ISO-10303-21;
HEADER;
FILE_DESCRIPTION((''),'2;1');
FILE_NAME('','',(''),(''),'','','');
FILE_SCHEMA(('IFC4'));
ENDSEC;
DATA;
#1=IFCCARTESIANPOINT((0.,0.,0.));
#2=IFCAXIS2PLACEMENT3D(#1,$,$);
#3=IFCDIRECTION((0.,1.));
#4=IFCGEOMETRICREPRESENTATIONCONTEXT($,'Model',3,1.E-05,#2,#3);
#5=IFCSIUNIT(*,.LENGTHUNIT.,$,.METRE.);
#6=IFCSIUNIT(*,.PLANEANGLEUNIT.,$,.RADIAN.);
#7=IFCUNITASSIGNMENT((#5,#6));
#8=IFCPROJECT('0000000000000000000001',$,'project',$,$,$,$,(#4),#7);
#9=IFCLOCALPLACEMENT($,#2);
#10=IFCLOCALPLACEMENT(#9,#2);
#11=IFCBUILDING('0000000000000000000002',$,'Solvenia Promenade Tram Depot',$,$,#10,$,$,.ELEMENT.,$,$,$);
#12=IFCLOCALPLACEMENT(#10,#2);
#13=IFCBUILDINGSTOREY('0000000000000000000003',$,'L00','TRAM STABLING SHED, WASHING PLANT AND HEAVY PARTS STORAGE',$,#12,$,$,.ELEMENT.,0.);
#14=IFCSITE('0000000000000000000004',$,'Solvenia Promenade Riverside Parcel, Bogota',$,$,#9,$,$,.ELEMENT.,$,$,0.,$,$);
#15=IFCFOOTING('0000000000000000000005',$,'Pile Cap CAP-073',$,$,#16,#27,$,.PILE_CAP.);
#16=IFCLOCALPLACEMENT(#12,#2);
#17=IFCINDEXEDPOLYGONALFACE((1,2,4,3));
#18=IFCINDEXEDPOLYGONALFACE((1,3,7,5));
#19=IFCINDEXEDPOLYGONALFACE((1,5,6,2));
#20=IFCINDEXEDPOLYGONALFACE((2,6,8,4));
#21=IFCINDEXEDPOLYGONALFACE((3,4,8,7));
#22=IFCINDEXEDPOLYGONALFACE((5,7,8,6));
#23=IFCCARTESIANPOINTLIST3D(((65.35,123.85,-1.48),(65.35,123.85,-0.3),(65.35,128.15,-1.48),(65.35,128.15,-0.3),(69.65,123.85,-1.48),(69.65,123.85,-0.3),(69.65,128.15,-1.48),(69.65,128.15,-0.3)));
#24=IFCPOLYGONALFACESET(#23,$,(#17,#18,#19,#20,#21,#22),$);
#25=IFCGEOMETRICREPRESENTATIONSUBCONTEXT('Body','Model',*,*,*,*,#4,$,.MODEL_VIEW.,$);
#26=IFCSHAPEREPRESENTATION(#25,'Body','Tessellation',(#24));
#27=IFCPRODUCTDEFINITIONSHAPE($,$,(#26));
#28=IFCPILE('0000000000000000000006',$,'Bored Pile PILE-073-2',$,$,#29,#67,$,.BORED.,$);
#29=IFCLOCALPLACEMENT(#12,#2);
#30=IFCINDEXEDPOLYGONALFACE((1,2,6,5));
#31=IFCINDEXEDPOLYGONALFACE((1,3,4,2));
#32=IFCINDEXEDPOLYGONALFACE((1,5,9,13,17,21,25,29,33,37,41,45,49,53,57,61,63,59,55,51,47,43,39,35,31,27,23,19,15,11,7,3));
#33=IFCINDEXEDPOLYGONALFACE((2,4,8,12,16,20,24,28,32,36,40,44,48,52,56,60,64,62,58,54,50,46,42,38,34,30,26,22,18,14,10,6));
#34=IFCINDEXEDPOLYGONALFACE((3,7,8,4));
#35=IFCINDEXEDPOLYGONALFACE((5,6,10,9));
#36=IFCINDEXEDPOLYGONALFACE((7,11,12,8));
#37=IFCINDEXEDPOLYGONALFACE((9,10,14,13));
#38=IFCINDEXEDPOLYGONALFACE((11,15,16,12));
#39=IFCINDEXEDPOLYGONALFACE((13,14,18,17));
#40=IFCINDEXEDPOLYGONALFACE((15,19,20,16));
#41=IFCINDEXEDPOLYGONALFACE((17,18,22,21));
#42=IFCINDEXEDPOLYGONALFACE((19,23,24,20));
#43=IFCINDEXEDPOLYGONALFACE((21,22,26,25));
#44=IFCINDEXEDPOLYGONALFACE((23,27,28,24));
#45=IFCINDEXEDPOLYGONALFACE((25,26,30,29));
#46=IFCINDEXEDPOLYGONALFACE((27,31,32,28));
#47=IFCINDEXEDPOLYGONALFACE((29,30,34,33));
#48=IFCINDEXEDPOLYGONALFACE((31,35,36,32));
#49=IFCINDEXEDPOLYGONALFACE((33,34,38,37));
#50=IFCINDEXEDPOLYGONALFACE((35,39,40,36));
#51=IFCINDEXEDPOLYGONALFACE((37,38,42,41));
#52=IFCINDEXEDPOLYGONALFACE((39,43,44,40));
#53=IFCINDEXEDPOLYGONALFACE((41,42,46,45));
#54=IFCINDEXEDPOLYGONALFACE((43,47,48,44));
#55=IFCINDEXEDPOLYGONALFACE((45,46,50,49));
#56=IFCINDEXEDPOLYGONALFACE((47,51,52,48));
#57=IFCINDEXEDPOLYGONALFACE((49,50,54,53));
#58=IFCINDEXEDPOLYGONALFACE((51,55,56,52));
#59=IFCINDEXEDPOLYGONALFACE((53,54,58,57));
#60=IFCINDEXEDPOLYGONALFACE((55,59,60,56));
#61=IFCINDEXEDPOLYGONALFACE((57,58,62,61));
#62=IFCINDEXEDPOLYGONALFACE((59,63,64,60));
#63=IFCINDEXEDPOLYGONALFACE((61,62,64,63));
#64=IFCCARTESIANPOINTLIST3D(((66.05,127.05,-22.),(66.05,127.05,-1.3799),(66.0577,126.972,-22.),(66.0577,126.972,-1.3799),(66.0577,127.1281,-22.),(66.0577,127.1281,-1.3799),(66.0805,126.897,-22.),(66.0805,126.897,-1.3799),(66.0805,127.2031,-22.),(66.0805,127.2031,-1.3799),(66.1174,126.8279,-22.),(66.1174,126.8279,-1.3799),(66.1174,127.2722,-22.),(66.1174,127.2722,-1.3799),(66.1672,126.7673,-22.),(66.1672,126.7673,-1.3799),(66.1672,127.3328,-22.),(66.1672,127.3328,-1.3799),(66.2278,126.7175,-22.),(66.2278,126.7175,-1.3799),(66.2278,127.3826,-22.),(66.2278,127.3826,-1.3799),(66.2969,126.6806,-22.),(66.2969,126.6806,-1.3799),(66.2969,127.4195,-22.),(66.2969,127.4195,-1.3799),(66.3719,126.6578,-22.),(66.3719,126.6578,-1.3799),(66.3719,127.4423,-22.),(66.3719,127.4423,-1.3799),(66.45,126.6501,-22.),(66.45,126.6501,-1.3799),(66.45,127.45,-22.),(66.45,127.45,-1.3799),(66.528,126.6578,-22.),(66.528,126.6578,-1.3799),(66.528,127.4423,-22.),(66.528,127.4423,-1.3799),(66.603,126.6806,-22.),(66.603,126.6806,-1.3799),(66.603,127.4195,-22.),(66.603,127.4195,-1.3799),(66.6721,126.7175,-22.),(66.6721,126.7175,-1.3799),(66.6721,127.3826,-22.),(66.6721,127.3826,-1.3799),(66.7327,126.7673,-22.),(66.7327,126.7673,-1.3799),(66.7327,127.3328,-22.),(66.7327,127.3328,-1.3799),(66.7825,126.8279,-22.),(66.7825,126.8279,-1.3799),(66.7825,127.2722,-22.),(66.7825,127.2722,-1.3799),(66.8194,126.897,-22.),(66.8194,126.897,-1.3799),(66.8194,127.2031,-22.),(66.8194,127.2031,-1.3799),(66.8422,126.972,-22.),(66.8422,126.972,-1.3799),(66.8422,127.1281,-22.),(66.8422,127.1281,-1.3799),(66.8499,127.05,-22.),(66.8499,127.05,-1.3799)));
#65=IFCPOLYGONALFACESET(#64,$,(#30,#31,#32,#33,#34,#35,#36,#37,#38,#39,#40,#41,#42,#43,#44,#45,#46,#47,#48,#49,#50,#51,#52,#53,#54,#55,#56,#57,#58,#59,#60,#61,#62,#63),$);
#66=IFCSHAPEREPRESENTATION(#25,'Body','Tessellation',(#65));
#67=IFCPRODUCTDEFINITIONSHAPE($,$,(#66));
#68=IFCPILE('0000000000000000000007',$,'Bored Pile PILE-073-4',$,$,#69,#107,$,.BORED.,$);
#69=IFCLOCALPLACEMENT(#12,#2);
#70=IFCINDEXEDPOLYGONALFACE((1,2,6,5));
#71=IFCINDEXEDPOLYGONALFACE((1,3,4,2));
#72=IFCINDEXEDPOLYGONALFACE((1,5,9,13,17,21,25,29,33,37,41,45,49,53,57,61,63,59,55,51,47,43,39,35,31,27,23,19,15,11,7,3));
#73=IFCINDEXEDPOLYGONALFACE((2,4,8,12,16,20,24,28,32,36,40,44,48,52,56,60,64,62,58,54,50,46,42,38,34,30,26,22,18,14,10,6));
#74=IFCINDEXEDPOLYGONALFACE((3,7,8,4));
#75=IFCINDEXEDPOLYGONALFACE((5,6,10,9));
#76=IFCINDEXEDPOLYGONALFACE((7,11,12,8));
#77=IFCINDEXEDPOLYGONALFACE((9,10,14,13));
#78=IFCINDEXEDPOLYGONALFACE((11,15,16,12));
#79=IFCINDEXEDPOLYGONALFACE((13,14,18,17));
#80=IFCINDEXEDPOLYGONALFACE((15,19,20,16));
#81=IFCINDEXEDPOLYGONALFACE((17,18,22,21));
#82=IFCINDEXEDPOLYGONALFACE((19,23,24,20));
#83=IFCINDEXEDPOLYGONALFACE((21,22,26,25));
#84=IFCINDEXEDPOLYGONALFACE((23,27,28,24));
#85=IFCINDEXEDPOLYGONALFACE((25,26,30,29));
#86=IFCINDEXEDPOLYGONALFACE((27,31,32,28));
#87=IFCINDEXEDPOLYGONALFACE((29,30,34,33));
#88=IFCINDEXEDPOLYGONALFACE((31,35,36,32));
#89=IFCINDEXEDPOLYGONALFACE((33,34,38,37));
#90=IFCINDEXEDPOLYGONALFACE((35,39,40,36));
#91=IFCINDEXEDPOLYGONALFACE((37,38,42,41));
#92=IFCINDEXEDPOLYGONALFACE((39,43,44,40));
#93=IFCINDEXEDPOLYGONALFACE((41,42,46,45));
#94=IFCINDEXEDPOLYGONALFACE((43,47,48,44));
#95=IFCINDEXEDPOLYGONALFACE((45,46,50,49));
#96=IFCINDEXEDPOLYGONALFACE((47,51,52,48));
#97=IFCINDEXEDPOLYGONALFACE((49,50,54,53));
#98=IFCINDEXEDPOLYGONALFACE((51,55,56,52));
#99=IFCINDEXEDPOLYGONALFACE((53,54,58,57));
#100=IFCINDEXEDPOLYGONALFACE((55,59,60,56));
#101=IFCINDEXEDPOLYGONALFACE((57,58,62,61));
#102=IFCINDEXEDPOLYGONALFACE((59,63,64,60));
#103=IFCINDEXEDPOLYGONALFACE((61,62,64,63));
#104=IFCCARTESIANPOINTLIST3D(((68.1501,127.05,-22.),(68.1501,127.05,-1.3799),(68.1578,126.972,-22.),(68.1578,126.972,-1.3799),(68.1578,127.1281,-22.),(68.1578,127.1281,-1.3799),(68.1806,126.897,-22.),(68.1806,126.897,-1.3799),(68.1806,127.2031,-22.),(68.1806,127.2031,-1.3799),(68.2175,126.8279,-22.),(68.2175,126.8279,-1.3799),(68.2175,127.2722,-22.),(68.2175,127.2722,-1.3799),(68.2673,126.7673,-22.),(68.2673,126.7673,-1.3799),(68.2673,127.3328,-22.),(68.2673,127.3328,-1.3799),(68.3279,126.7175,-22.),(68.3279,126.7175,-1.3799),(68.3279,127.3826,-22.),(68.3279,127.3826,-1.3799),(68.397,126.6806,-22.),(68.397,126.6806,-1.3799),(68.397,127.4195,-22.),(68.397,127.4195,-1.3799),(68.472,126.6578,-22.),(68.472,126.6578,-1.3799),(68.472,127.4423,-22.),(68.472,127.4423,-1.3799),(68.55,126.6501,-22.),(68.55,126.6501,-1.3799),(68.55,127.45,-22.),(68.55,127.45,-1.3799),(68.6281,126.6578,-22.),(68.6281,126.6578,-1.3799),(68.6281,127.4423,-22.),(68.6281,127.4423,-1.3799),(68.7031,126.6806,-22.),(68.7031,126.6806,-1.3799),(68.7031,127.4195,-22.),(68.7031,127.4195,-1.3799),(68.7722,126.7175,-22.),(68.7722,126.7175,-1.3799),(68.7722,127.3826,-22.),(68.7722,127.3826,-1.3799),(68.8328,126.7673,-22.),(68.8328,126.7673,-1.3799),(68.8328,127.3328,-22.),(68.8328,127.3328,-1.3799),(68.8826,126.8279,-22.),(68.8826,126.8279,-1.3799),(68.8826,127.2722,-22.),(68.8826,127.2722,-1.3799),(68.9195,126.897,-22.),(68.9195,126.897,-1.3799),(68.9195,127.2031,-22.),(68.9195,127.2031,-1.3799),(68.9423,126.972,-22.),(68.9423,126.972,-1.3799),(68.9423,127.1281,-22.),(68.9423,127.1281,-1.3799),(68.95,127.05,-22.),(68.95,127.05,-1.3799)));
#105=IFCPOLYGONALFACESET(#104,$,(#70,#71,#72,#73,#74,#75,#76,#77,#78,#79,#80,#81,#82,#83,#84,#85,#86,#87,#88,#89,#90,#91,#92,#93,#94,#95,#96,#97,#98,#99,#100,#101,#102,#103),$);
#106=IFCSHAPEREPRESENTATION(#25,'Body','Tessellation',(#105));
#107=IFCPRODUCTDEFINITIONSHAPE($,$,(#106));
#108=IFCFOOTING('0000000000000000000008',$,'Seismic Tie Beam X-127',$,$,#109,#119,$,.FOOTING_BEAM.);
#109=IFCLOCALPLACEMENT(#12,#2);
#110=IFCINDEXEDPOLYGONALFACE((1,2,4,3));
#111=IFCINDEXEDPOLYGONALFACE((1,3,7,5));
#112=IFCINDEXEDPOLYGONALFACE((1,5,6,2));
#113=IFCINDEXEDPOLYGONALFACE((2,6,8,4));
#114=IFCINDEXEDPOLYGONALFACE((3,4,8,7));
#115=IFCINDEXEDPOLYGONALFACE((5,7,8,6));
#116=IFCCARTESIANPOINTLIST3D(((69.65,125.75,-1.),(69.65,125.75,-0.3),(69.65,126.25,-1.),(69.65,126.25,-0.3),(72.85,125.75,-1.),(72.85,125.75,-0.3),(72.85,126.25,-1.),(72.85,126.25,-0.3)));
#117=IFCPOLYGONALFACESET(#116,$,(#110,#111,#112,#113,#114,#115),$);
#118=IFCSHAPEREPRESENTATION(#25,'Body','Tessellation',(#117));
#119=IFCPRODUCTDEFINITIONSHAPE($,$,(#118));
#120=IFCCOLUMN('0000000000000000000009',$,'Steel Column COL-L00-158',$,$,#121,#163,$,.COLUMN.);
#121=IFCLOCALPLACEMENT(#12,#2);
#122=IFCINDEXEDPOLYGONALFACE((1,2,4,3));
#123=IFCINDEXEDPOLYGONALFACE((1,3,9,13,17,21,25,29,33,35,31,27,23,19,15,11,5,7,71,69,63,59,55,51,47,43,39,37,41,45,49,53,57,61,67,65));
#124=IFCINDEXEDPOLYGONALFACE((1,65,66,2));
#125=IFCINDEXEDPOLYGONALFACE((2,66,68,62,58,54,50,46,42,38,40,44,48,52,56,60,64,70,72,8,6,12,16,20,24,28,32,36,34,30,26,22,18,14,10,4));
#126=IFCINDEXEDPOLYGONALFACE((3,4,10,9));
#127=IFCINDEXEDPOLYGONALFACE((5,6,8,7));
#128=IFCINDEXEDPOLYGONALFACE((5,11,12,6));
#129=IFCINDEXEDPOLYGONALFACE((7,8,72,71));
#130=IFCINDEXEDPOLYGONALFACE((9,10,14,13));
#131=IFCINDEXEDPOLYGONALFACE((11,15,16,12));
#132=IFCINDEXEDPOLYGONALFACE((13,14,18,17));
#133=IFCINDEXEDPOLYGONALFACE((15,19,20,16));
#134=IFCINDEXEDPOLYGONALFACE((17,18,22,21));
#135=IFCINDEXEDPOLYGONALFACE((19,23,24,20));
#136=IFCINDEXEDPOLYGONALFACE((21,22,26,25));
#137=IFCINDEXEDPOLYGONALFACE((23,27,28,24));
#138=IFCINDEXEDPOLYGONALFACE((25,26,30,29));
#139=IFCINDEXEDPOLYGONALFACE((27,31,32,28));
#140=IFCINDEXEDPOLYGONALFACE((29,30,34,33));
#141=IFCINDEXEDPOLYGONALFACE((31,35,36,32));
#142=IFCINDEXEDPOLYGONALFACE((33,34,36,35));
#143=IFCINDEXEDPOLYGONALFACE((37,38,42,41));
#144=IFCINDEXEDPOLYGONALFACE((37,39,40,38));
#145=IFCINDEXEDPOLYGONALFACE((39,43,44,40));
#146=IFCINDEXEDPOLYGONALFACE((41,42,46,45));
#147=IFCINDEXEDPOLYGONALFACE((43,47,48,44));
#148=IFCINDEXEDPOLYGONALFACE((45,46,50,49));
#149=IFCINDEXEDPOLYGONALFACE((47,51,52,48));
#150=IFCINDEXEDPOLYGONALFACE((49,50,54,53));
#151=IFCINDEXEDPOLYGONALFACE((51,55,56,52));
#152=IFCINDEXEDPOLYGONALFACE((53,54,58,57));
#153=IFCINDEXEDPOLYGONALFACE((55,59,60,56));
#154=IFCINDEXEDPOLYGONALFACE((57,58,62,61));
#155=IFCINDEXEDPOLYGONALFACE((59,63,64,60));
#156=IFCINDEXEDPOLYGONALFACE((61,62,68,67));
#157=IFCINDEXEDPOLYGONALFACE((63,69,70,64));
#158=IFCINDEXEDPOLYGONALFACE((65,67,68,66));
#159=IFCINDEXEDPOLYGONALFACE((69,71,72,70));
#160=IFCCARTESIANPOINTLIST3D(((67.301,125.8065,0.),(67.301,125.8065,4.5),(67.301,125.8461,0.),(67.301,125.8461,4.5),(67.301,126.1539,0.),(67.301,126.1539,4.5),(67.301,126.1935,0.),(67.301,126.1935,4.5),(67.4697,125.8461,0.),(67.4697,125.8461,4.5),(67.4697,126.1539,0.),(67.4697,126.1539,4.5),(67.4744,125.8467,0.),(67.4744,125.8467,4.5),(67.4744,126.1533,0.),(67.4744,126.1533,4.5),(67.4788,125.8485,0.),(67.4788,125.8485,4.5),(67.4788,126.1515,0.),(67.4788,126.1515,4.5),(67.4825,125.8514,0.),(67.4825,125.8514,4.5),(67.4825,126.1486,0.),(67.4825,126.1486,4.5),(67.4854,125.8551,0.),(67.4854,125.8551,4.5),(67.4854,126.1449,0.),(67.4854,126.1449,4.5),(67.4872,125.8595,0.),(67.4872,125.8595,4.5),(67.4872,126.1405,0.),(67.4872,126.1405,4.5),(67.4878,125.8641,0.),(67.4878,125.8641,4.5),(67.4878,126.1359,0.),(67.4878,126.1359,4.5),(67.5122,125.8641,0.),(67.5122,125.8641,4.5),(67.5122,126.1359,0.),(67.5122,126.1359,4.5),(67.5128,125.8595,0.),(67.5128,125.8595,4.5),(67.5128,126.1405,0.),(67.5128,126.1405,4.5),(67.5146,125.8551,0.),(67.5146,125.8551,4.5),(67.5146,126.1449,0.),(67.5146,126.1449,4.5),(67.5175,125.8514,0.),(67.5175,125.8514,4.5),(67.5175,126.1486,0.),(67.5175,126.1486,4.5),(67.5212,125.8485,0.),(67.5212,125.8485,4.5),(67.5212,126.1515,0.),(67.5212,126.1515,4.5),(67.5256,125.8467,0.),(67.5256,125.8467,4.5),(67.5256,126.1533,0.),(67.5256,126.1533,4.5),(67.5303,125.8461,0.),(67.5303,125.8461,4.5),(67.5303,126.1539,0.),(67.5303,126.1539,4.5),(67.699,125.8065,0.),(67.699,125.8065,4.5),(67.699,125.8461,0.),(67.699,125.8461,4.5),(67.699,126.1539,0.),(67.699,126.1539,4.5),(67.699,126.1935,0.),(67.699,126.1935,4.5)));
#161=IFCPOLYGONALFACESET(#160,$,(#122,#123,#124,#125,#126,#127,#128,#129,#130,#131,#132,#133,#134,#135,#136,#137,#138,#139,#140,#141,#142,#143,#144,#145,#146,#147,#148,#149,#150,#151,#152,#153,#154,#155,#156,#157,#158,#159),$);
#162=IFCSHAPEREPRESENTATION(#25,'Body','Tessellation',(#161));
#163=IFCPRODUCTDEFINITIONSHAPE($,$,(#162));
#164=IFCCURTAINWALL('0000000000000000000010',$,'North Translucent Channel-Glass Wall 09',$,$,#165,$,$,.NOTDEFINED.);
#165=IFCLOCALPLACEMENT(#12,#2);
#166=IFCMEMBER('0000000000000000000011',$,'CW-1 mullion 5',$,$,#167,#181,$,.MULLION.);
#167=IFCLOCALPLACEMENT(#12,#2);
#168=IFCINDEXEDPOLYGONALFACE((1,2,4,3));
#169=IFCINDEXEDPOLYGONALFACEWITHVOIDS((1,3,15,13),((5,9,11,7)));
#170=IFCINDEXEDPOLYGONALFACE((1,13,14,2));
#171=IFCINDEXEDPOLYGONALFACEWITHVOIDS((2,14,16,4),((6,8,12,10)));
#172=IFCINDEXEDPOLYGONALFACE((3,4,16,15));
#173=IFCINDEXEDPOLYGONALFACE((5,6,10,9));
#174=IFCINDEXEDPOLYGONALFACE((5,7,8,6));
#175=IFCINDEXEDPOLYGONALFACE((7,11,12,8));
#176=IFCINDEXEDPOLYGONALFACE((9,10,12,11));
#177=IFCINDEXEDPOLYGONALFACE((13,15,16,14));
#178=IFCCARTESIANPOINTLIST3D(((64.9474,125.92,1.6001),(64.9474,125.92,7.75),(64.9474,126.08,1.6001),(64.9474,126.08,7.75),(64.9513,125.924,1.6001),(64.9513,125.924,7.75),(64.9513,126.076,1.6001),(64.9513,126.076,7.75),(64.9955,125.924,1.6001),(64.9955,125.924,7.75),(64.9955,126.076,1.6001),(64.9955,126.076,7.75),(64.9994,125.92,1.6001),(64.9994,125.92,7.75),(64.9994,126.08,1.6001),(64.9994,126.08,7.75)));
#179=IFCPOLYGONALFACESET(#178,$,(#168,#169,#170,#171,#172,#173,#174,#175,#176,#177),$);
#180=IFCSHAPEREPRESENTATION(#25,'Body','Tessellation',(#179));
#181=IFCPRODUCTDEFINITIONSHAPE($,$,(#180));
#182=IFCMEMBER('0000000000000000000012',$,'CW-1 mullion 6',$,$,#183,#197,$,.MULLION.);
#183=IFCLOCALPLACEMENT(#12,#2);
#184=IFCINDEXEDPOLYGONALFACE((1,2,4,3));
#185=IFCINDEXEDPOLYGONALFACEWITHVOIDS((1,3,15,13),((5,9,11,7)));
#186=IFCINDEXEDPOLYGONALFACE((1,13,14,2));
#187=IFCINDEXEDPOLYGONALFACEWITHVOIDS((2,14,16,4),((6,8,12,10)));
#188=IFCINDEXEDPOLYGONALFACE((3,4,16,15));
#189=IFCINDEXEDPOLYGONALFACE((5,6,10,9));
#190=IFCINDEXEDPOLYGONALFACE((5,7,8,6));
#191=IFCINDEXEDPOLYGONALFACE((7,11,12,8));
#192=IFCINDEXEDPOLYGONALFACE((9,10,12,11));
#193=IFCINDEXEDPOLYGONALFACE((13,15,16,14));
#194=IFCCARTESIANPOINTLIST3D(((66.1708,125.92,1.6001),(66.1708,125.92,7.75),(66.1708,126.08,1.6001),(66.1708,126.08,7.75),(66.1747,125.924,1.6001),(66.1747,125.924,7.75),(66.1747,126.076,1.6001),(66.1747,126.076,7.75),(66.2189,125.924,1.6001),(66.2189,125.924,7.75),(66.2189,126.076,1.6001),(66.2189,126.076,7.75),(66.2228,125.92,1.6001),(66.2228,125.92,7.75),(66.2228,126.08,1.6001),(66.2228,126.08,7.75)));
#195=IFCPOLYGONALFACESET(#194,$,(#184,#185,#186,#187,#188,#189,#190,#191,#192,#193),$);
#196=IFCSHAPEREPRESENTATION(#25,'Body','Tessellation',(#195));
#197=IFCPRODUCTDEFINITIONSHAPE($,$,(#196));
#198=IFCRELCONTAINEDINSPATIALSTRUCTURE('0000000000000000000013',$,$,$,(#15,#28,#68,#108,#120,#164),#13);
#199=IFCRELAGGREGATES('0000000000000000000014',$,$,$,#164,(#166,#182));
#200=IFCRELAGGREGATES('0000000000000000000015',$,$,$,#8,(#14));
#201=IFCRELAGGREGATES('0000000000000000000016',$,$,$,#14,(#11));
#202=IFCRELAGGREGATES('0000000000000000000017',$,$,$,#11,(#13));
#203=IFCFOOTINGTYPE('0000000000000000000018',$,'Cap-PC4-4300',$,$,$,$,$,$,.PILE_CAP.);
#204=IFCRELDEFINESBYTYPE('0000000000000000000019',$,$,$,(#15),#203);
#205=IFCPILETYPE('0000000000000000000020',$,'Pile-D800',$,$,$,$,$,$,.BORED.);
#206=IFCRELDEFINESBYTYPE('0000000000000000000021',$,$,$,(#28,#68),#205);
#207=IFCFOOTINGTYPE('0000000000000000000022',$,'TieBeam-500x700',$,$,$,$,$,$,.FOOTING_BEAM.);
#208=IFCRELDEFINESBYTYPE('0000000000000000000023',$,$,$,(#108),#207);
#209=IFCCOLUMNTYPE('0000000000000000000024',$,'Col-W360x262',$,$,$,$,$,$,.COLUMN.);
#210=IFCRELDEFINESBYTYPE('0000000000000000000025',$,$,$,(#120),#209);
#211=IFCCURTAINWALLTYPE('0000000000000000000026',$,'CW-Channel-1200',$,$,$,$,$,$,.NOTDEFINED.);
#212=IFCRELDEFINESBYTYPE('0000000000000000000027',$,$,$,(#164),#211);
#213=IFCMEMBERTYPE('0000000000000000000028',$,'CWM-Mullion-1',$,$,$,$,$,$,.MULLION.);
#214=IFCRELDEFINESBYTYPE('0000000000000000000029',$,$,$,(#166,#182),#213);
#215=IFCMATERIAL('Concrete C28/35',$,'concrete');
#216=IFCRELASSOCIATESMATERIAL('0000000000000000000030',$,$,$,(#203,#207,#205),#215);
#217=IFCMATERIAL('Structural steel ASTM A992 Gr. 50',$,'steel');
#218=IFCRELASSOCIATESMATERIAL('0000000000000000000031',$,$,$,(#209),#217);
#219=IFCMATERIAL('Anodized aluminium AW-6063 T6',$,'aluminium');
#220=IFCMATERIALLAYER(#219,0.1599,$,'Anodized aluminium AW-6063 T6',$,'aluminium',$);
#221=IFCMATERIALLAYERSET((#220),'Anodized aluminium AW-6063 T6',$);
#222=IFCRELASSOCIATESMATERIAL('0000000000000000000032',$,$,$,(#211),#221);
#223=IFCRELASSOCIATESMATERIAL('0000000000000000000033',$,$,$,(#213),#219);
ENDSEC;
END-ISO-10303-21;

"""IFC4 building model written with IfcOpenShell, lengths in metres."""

from ifc_helpers import new_model, si_unit, direction, frame, origin, origin_2d, place, context, subcontext, project, spatial, rectangle, hollow_rectangle, circle, i_section, extrude, material, layer, layer_set, material_profile, profile_set, type_object, element, aggregate, save


model = new_model("IFC4")

# Units and contexts
model_context = context("Model", 3, precision=1e-05, world=origin(), true_north=direction((0.0, 1.0)))
body_context = subcontext(model_context, "Body", "Model", "MODEL_VIEW")
ifc_project = project(units=[si_unit("LENGTHUNIT", "METRE"), si_unit("PLANEANGLEUNIT", "RADIAN")], contexts=[model_context])

# Site, building, storey
site_placement = place(None, origin())
site = spatial("IfcSite", under=ifc_project, at=site_placement, Name="Solvenia Promenade Riverside Parcel, Bogota", CompositionType="ELEMENT", RefElevation=0.0)
building_placement = place(site_placement, origin())
building = spatial("IfcBuilding", under=site, at=building_placement, Name="Solvenia Promenade Tram Depot", CompositionType="ELEMENT")
storey_placement = place(building_placement, origin())
storey = spatial("IfcBuildingStorey", under=building, at=storey_placement, Name="L00", Description="TRAM STABLING SHED, WASHING PLANT AND HEAVY PARTS STORAGE", CompositionType="ELEMENT", Elevation=0.0)

# Footing
ifc_material_1 = material(Name="Concrete C28/35", Category="concrete")
footing_type_1 = type_object("IfcFootingType", Name="Cap-PC4-4300", PredefinedType="PILE_CAP", material=ifc_material_1)
footing_1_placement = place(storey_placement, frame((67.5, 126.0, -1.48), z_axis=(0.0, 0.0, 1.0), x_axis=(1.0, 0.0, 0.0)))
element("IfcFooting", 1, at=footing_1_placement, inside=storey, type_object=footing_type_1, Name="Pile Cap CAP-073", PredefinedType="PILE_CAP", context=body_context, shape_type="SweptSolid", body=[
    extrude(rectangle(XDim=4.3, YDim=4.3, at=origin_2d()), origin(), (0.0, 0.0, 1.0), 1.1799),
])

# Piles
ifc_material_profile_1 = material_profile(ifc_material_1, circle(Radius=0.3999, at=origin_2d()), Name="D800", Category="concrete")
ifc_profile_set_1 = profile_set([ifc_material_profile_1], Name="Concrete C28/35")
pile_type = type_object("IfcPileType", Name="Pile-D800", PredefinedType="BORED", material=ifc_profile_set_1)
for number, where, z_axis, x_axis, name in (
    (2, (66.45, 127.05, -1.3799), (0.0, 0.0, -1.0), (1.0, 0.0, 0.0), "Bored Pile PILE-073-2"),
    (3, (68.55, 127.05, -1.3799), (0.0, 0.0, -1.0), (1.0, 0.0, 0.0), "Bored Pile PILE-073-4"),
):
    element("IfcPile", number, at=place(storey_placement, frame(where, z_axis=z_axis, x_axis=x_axis)), inside=storey, type_object=pile_type, Name=name, PredefinedType="BORED", context=body_context, shape_type="SweptSolid", body=[
        extrude(circle(Radius=0.3999, at=origin_2d()), origin(), (0.0, 0.0, 1.0), 20.6201),
    ])

# Footing
footing_type_2 = type_object("IfcFootingType", Name="TieBeam-500x700", PredefinedType="FOOTING_BEAM", material=ifc_material_1)
footing_2_placement = place(storey_placement, frame((71.25, 126.0, -1.0), z_axis=(0.0, 0.0, 1.0), x_axis=(1.0, 0.0, 0.0)))
element("IfcFooting", 4, at=footing_2_placement, inside=storey, type_object=footing_type_2, Name="Seismic Tie Beam X-127", PredefinedType="FOOTING_BEAM", context=body_context, shape_type="SweptSolid", body=[
    extrude(rectangle(XDim=3.2, YDim=0.5, at=origin_2d()), origin(), (0.0, 0.0, 1.0), 0.7),
])

# Column
ifc_material_2 = material(Name="Structural steel ASTM A992 Gr. 50", Category="steel")
ifc_material_profile_2 = material_profile(ifc_material_2, i_section(OverallWidth=0.3979, OverallDepth=0.387, WebThickness=0.0244, FlangeThickness=0.0396, FilletRadius=0.0181, at=origin_2d()), Name="W360x262", Category="steel")
ifc_profile_set_2 = profile_set([ifc_material_profile_2], Name="Structural steel ASTM A992 Gr. 50")
column_type = type_object("IfcColumnType", Name="Col-W360x262", PredefinedType="COLUMN", material=ifc_profile_set_2)
column_placement = place(storey_placement, frame((67.5, 126.0, 0.0), z_axis=(0.0, 0.0, 1.0), x_axis=(1.0, 0.0, 0.0)))
element("IfcColumn", 5, at=column_placement, inside=storey, type_object=column_type, Name="Steel Column COL-L00-158", PredefinedType="COLUMN", context=body_context, shape_type="SweptSolid", body=[
    extrude(i_section(OverallWidth=0.3979, OverallDepth=0.387, WebThickness=0.0244, FlangeThickness=0.0396, FilletRadius=0.0181, at=origin_2d()), origin(), (0.0, 0.0, 1.0), 4.5),
])

# Curtain wall, members
ifc_material_3 = material(Name="Anodized aluminium AW-6063 T6", Category="aluminium")
ifc_layer_1 = layer(ifc_material_3, 0.1599, Name="Anodized aluminium AW-6063 T6", Category="aluminium")
ifc_layer_set_1 = layer_set([ifc_layer_1], Name="Anodized aluminium AW-6063 T6")
curtain_wall_type = type_object("IfcCurtainWallType", Name="CW-Channel-1200", PredefinedType="NOTDEFINED", material=ifc_layer_set_1)
curtain_wall_1_placement = place(storey_placement, origin())
curtain_wall_1 = element("IfcCurtainWall", 6, at=curtain_wall_1_placement, inside=storey, type_object=curtain_wall_type, Name="North Translucent Channel-Glass Wall 09", PredefinedType="NOTDEFINED")
ifc_material_profile_3 = material_profile(ifc_material_3, hollow_rectangle(XDim=0.1599, YDim=0.052, WallThickness=0.0039, at=origin_2d()), Name="ALU-M1", Category="aluminium")
ifc_profile_set_3 = profile_set([ifc_material_profile_3], Name="Anodized aluminium AW-6063 T6")
member_type_1 = type_object("IfcMemberType", Name="CWM-Mullion-1", PredefinedType="MULLION", material=ifc_profile_set_3)
member_1_placement = place(storey_placement, frame((64.9734, 126.0, 1.6001), z_axis=(0.0, 0.0, 1.0), x_axis=(0.0, 1.0, 0.0)))
member_1 = element("IfcMember", 7, at=member_1_placement, type_object=member_type_1, Name="CW-1 mullion 5", PredefinedType="MULLION", context=body_context, shape_type="SweptSolid", body=[
    extrude(hollow_rectangle(XDim=0.1599, YDim=0.052, WallThickness=0.0039, at=origin_2d()), origin(), (0.0, 0.0, 1.0), 6.1499),
])
member_2_placement = place(storey_placement, frame((66.1968, 126.0, 1.6001), z_axis=(0.0, 0.0, 1.0), x_axis=(0.0, 1.0, 0.0)))
member_2 = element("IfcMember", 8, at=member_2_placement, type_object=member_type_1, Name="CW-1 mullion 6", PredefinedType="MULLION", context=body_context, shape_type="SweptSolid", body=[
    extrude(hollow_rectangle(XDim=0.1599, YDim=0.052, WallThickness=0.0039, at=origin_2d()), origin(), (0.0, 0.0, 1.0), 6.1499),
])

aggregate(curtain_wall_1, [member_1, member_2])

save(model, "model.ifc")
